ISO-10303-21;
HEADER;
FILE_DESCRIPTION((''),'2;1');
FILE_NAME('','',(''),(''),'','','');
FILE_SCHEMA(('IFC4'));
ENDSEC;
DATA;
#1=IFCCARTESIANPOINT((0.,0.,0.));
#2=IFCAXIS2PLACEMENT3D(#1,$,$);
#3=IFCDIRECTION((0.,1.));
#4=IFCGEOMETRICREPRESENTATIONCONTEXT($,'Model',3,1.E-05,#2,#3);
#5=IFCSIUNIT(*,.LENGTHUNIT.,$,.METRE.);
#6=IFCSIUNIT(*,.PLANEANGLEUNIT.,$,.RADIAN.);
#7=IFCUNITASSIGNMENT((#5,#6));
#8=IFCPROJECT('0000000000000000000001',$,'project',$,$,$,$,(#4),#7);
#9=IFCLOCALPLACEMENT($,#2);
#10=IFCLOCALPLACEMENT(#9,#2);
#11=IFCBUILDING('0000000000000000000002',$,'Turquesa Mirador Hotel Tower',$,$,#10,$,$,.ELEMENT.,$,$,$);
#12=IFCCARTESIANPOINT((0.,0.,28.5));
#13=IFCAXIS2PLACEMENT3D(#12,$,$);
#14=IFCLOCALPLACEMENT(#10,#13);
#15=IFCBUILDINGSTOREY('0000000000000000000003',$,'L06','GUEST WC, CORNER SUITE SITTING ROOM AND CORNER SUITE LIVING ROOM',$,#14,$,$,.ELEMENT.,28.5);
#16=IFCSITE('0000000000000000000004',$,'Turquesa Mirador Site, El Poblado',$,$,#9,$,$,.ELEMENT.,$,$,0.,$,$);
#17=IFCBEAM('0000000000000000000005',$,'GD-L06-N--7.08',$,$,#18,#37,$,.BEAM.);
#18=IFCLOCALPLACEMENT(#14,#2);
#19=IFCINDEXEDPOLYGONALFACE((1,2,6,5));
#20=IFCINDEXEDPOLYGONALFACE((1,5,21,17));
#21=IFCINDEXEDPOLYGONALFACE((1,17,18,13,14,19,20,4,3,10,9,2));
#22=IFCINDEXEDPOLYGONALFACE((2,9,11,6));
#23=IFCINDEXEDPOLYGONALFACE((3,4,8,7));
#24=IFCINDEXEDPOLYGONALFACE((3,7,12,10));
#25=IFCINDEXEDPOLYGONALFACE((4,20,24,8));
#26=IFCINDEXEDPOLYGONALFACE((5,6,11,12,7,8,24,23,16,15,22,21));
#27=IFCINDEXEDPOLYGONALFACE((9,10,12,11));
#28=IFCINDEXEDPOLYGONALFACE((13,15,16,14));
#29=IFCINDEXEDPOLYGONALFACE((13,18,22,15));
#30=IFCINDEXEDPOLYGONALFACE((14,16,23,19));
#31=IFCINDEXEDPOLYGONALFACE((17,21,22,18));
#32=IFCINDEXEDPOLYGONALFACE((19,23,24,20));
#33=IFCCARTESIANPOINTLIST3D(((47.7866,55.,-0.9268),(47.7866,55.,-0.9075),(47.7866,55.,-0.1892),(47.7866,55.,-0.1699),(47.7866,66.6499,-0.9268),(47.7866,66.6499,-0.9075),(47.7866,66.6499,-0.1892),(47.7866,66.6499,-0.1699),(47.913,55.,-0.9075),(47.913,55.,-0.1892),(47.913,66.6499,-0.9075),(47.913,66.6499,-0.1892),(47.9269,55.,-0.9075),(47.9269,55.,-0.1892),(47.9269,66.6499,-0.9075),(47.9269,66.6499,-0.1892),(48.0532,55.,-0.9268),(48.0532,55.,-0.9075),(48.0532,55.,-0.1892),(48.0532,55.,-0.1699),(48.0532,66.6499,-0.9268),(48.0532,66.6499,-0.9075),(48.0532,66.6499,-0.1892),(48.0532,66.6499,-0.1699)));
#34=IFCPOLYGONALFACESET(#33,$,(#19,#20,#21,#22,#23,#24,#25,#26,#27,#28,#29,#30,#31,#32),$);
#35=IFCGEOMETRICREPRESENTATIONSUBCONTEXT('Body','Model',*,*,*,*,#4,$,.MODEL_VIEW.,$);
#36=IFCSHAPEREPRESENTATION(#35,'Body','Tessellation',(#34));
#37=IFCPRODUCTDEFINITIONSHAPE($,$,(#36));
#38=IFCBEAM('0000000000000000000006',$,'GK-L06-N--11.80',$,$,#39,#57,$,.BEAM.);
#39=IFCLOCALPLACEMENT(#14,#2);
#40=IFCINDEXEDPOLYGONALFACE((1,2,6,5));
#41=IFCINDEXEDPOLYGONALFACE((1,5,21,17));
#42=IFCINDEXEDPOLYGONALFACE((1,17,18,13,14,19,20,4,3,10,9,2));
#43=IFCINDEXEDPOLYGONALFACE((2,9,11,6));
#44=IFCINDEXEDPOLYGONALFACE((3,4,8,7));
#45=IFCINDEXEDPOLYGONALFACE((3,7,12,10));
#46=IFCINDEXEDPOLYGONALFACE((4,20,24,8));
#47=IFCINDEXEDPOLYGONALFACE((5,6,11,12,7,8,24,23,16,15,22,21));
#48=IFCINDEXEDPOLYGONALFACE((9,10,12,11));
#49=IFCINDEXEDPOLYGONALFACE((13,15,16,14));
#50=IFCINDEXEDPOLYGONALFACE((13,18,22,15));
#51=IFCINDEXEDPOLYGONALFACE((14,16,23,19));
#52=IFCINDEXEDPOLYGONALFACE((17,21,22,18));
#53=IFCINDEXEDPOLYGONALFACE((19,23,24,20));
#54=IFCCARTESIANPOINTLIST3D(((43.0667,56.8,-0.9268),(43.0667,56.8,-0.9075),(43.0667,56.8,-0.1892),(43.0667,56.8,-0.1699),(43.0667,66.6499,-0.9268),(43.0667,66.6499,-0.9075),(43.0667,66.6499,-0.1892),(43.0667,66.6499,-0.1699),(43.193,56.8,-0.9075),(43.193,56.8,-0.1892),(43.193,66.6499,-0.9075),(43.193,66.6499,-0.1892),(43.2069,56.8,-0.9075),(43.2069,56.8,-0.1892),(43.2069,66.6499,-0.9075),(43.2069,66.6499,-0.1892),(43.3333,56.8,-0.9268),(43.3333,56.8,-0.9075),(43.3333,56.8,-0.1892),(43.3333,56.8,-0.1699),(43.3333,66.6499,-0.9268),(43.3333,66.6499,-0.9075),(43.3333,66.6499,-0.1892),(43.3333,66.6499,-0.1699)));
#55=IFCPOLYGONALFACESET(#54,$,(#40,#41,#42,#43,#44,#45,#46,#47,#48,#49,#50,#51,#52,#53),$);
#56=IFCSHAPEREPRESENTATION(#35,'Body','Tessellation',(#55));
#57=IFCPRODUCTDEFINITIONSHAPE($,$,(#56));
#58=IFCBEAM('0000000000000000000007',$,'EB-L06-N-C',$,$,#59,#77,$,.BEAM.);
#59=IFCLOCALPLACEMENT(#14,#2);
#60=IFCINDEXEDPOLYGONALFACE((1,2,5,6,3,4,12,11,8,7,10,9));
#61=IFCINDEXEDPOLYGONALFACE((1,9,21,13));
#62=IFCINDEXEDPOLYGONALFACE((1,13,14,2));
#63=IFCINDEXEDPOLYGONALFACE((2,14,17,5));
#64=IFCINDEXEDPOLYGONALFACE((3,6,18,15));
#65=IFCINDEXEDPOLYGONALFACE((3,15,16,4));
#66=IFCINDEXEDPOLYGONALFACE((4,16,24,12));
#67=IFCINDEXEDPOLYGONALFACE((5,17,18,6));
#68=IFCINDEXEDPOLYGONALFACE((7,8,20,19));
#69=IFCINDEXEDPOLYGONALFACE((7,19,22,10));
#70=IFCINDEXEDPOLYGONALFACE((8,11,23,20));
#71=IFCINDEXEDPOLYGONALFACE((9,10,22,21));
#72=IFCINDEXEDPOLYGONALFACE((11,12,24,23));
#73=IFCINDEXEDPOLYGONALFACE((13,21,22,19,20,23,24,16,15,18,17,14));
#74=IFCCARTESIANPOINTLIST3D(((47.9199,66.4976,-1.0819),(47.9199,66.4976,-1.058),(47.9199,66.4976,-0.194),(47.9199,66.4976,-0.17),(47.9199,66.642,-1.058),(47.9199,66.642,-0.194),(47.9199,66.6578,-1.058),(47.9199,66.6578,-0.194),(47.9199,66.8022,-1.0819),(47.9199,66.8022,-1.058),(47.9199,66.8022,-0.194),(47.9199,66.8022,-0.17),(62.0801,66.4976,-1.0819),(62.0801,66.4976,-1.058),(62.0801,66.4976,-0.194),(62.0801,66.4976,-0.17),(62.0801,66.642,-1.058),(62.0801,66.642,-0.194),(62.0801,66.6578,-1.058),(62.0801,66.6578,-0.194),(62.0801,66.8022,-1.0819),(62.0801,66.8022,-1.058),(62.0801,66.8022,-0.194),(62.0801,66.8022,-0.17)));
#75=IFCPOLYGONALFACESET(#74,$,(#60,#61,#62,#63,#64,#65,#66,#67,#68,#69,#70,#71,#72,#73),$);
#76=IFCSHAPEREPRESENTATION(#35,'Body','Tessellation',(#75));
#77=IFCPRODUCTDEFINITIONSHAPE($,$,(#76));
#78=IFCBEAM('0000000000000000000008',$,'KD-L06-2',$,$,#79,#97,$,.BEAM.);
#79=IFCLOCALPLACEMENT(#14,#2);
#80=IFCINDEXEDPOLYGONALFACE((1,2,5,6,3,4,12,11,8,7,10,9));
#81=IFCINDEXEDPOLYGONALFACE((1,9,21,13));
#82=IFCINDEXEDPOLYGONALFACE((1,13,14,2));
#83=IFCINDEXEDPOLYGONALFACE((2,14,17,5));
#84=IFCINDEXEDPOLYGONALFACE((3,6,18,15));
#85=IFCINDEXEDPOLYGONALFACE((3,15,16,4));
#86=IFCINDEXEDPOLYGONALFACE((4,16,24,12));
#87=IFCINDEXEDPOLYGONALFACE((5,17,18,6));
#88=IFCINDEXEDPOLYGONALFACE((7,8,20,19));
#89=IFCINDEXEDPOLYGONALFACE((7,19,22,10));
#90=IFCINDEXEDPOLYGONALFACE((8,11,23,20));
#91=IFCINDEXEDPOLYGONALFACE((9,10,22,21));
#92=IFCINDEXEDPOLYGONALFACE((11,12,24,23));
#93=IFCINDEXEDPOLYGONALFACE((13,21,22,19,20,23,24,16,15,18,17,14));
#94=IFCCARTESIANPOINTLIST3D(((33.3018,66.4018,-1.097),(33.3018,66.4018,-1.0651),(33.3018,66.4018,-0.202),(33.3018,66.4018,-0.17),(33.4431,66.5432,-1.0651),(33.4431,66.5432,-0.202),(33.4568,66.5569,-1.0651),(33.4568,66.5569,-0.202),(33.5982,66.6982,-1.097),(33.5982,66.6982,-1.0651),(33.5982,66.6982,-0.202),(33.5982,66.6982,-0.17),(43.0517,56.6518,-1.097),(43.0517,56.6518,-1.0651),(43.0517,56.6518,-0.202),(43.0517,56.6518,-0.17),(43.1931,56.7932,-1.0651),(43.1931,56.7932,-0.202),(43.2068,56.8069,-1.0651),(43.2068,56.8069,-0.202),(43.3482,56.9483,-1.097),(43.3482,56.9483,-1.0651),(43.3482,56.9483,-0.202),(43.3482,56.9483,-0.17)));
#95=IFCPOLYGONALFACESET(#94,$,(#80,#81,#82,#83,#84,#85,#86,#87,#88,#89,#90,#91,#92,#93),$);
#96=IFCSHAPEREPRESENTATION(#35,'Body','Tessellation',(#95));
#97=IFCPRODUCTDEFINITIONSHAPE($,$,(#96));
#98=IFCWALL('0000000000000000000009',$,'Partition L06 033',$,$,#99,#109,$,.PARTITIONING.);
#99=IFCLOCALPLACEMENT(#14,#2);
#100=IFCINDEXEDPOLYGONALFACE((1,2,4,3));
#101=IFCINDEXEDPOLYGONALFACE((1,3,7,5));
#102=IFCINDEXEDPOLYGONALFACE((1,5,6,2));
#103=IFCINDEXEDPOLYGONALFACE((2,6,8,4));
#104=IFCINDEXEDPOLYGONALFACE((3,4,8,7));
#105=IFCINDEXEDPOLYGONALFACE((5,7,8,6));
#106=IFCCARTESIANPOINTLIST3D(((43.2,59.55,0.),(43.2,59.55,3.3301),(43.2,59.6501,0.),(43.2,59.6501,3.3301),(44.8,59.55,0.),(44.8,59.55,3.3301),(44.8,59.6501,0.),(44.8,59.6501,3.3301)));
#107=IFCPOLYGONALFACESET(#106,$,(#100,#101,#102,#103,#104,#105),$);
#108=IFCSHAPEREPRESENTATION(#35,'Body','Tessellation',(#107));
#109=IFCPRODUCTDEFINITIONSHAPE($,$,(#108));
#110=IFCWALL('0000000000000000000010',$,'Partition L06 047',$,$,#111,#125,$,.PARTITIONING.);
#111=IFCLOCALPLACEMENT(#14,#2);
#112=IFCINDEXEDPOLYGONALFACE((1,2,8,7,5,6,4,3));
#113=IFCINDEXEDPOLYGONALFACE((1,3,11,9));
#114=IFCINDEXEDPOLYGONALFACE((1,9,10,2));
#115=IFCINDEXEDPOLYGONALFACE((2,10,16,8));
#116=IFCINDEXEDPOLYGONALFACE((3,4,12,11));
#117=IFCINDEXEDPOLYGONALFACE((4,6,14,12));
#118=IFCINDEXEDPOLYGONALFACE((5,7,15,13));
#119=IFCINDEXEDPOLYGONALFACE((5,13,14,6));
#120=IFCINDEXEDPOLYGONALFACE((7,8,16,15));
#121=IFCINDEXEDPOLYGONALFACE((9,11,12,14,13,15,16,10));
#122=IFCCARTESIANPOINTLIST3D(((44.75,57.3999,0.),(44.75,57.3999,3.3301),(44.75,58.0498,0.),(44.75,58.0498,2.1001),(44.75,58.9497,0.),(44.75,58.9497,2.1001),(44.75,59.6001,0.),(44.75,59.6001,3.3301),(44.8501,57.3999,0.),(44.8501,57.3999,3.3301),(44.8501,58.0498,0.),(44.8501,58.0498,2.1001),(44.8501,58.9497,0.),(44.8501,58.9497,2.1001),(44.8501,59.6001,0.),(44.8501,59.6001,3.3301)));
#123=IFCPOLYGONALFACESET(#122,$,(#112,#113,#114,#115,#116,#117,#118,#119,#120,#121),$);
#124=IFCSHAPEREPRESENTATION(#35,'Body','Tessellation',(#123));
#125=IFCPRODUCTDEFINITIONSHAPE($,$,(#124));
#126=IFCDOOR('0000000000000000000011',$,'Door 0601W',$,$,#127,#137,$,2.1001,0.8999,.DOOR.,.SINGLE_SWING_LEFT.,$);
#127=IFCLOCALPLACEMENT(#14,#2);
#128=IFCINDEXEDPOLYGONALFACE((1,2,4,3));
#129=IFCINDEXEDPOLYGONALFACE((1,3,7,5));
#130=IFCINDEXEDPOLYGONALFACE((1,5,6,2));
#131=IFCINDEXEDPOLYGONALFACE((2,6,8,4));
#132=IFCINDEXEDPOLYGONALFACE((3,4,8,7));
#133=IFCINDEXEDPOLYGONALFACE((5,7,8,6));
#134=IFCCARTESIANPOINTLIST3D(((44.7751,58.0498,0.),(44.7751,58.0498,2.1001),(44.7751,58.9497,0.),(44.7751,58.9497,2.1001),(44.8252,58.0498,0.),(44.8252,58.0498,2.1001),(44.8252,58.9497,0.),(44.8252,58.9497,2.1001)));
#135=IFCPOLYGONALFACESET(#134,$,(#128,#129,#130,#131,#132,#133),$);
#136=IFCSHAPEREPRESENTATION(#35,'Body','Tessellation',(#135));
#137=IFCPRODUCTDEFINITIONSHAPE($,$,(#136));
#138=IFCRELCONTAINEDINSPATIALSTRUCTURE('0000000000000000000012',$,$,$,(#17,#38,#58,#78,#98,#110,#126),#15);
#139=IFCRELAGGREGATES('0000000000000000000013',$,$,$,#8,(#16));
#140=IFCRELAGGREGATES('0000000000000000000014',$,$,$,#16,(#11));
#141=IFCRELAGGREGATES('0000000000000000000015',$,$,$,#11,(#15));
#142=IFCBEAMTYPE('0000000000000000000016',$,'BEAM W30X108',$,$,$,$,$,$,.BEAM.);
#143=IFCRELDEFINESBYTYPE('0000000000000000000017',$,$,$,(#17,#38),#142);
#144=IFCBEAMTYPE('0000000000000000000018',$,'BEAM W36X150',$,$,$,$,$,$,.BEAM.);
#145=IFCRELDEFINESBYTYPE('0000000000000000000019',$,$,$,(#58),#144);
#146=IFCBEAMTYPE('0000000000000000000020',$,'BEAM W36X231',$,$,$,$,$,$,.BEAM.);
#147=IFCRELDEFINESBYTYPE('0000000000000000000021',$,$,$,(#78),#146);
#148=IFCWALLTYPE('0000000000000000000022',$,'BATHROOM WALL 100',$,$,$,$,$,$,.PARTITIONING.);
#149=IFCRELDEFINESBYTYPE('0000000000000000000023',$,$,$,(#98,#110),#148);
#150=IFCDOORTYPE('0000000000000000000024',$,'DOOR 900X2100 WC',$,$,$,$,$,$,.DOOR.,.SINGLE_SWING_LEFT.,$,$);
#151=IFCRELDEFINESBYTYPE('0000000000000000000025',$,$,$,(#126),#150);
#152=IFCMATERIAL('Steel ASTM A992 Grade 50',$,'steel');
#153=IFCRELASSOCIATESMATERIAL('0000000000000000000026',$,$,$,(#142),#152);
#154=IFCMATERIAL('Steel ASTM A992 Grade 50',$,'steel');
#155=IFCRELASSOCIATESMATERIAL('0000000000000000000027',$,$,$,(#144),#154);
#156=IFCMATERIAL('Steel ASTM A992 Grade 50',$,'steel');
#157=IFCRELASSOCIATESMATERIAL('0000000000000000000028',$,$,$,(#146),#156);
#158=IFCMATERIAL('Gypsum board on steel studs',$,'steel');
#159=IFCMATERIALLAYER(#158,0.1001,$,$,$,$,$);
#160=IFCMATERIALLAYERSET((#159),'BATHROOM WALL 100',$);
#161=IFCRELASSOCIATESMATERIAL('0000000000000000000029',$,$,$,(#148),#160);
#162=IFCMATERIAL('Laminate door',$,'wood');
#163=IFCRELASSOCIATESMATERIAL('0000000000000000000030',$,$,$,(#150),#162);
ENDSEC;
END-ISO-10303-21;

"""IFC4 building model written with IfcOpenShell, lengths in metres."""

from ifc_helpers import new_model, si_unit, direction, frame, frame_2d, origin, origin_2d, place, context, subcontext, project, spatial, rectangle, i_section, extrude, material, layer, layer_set, material_profile, profile_set, type_object, element, fill, save


model = new_model("IFC4")

# Units and contexts
model_context = context("Model", 3, precision=1e-05, world=origin(), true_north=direction((0.0, 1.0)))
body_context = subcontext(model_context, "Body", "Model", "MODEL_VIEW")
ifc_project = project(units=[si_unit("LENGTHUNIT", "METRE"), si_unit("PLANEANGLEUNIT", "RADIAN")], contexts=[model_context])

# Site, building, storey
site_placement = place(None, origin())
site = spatial("IfcSite", under=ifc_project, at=site_placement, Name="Turquesa Mirador Site, El Poblado", CompositionType="ELEMENT", RefElevation=0.0)
building_placement = place(site_placement, origin())
building = spatial("IfcBuilding", under=site, at=building_placement, Name="Turquesa Mirador Hotel Tower", CompositionType="ELEMENT")
storey_placement = place(building_placement, frame((0.0, 0.0, 28.5)))
storey = spatial("IfcBuildingStorey", under=building, at=storey_placement, Name="L06", Description="GUEST WC, CORNER SUITE SITTING ROOM AND CORNER SUITE LIVING ROOM", CompositionType="ELEMENT", Elevation=28.5)

# Beams
ifc_material_1 = material(Name="Steel ASTM A992 Grade 50", Category="steel")
ifc_material_profile_1 = material_profile(ifc_material_1, i_section(OverallWidth=0.2666, OverallDepth=0.7568, WebThickness=0.0139, FlangeThickness=0.0193, at=origin_2d()), Name="W30X108")
ifc_profile_set_1 = profile_set([ifc_material_profile_1], Name="Steel ASTM A992 Grade 50")
beam_type_1 = type_object("IfcBeamType", Name="BEAM W30X108", PredefinedType="BEAM", material=ifc_profile_set_1)
beam_1_placement = place(storey_placement, frame((47.9199, 66.6499, -0.5483), z_axis=(0.0, -1.0, 0.0), x_axis=(1.0, 0.0, 0.0)))
element("IfcBeam", 1, at=beam_1_placement, inside=storey, type_object=beam_type_1, Name="GD-L06-N--7.08", PredefinedType="BEAM", context=body_context, shape_type="SweptSolid", body=[
    extrude(i_section(OverallWidth=0.2666, OverallDepth=0.7568, WebThickness=0.0139, FlangeThickness=0.0193, at=origin_2d()), origin(), (0.0, 0.0, 1.0), 11.6499),
])
beam_2_placement = place(storey_placement, frame((43.2, 66.6499, -0.5483), z_axis=(0.0, -1.0, 0.0), x_axis=(1.0, 0.0, 0.0)))
element("IfcBeam", 2, at=beam_2_placement, inside=storey, type_object=beam_type_1, Name="GK-L06-N--11.80", PredefinedType="BEAM", context=body_context, shape_type="SweptSolid", body=[
    extrude(i_section(OverallWidth=0.2666, OverallDepth=0.7568, WebThickness=0.0139, FlangeThickness=0.0193, at=origin_2d()), origin(), (0.0, 0.0, 1.0), 9.8499),
])
ifc_material_2 = material(Name="Steel ASTM A992 Grade 50", Category="steel")
ifc_material_profile_2 = material_profile(ifc_material_2, i_section(OverallWidth=0.3047, OverallDepth=0.9119, WebThickness=0.0159, FlangeThickness=0.0239, at=origin_2d()), Name="W36X150")
ifc_profile_set_2 = profile_set([ifc_material_profile_2], Name="Steel ASTM A992 Grade 50")
beam_type_2 = type_object("IfcBeamType", Name="BEAM W36X150", PredefinedType="BEAM", material=ifc_profile_set_2)
beam_3_placement = place(storey_placement, frame((47.9199, 66.6499, -0.626), z_axis=(1.0, 0.0, 0.0), x_axis=(0.0, 1.0, 0.0)))
element("IfcBeam", 3, at=beam_3_placement, inside=storey, type_object=beam_type_2, Name="EB-L06-N-C", PredefinedType="BEAM", context=body_context, shape_type="SweptSolid", body=[
    extrude(i_section(OverallWidth=0.3047, OverallDepth=0.9119, WebThickness=0.0159, FlangeThickness=0.0239, at=origin_2d()), origin(), (0.0, 0.0, 1.0), 14.1602),
])
ifc_material_3 = material(Name="Steel ASTM A992 Grade 50", Category="steel")
ifc_material_profile_3 = material_profile(ifc_material_3, i_section(OverallWidth=0.4192, OverallDepth=0.927, WebThickness=0.0193, FlangeThickness=0.032, at=origin_2d()), Name="W36X231")
ifc_profile_set_3 = profile_set([ifc_material_profile_3], Name="Steel ASTM A992 Grade 50")
beam_type_3 = type_object("IfcBeamType", Name="BEAM W36X231", PredefinedType="BEAM", material=ifc_profile_set_3)
beam_4_placement = place(storey_placement, frame((43.2, 56.8, -0.6335), z_axis=(-0.707107, 0.707107, 0.0), x_axis=(-0.707107, -0.707107, 0.0)))
element("IfcBeam", 4, at=beam_4_placement, inside=storey, type_object=beam_type_3, Name="KD-L06-2", PredefinedType="BEAM", context=body_context, shape_type="SweptSolid", body=[
    extrude(i_section(OverallWidth=0.4192, OverallDepth=0.927, WebThickness=0.0193, FlangeThickness=0.032, at=origin_2d()), origin(), (0.0, 0.0, 1.0), 13.7886),
])

# Wall
ifc_material_4 = material(Name="Gypsum board on steel studs", Category="steel")
ifc_layer_1 = layer(ifc_material_4, 0.1001)
ifc_layer_set_1 = layer_set([ifc_layer_1], Name="BATHROOM WALL 100")
wall_type_1 = type_object("IfcWallType", Name="BATHROOM WALL 100", PredefinedType="PARTITIONING", material=ifc_layer_set_1)
wall_1_placement = place(storey_placement, frame((43.2, 59.6001, 0.0), z_axis=(0.0, 0.0, 1.0), x_axis=(1.0, 0.0, 0.0)))
element("IfcWall", 5, at=wall_1_placement, inside=storey, type_object=wall_type_1, Name="Partition L06 033", PredefinedType="PARTITIONING", context=body_context, shape_type="SweptSolid", body=[
    extrude(rectangle(XDim=1.6001, YDim=0.1001, at=frame_2d((0.8, 0.0))), origin(), (0.0, 0.0, 1.0), 3.3301),
])

# Wall, opening, door
wall_2_placement = place(storey_placement, frame((44.8, 57.3999, 0.0), z_axis=(0.0, 0.0, 1.0), x_axis=(0.0, 1.0, 0.0)))
wall_2 = element("IfcWall", 6, at=wall_2_placement, inside=storey, type_object=wall_type_1, Name="Partition L06 047", PredefinedType="PARTITIONING", context=body_context, shape_type="SweptSolid", body=[
    extrude(rectangle(XDim=2.2002, YDim=0.1001, at=frame_2d((1.1001, 0.0))), origin(), (0.0, 0.0, 1.0), 3.3301),
])
opening_1_placement = place(wall_2_placement, frame((0.6499, 0.0, 0.0)))
opening_1 = element("IfcOpeningElement", 7, at=opening_1_placement, cuts=wall_2, PredefinedType="OPENING", context=body_context, shape_type="SweptSolid", body=[
    extrude(rectangle(XDim=0.8999, YDim=2.1001, at=frame_2d((0.45, 1.05))), frame((0.0, 0.0601, 0.0), z_axis=(0.0, -1.0, 0.0), x_axis=(1.0, 0.0, 0.0)), (0.0, 0.0, 1.0), 0.1201),
])
ifc_material_5 = material(Name="Laminate door", Category="wood")
door_type_1 = type_object("IfcDoorType", Name="DOOR 900X2100 WC", OperationType="SINGLE_SWING_LEFT", PredefinedType="DOOR", material=ifc_material_5)
door_1_placement = place(opening_1_placement, origin())
door_1 = element("IfcDoor", 8, at=door_1_placement, inside=storey, type_object=door_type_1, Name="Door 0601W", OperationType="SINGLE_SWING_LEFT", OverallHeight=2.1001, OverallWidth=0.8999, PredefinedType="DOOR", context=body_context, shape_type="SweptSolid", body=[
    extrude(rectangle(XDim=0.8999, YDim=2.1001, at=frame_2d((0.45, 1.05))), frame((0.0, 0.0249, 0.0), z_axis=(0.0, -1.0, 0.0), x_axis=(1.0, 0.0, 0.0)), (0.0, 0.0, 1.0), 0.05),
])
fill(opening_1, door_1)

save(model, "model.ifc")
